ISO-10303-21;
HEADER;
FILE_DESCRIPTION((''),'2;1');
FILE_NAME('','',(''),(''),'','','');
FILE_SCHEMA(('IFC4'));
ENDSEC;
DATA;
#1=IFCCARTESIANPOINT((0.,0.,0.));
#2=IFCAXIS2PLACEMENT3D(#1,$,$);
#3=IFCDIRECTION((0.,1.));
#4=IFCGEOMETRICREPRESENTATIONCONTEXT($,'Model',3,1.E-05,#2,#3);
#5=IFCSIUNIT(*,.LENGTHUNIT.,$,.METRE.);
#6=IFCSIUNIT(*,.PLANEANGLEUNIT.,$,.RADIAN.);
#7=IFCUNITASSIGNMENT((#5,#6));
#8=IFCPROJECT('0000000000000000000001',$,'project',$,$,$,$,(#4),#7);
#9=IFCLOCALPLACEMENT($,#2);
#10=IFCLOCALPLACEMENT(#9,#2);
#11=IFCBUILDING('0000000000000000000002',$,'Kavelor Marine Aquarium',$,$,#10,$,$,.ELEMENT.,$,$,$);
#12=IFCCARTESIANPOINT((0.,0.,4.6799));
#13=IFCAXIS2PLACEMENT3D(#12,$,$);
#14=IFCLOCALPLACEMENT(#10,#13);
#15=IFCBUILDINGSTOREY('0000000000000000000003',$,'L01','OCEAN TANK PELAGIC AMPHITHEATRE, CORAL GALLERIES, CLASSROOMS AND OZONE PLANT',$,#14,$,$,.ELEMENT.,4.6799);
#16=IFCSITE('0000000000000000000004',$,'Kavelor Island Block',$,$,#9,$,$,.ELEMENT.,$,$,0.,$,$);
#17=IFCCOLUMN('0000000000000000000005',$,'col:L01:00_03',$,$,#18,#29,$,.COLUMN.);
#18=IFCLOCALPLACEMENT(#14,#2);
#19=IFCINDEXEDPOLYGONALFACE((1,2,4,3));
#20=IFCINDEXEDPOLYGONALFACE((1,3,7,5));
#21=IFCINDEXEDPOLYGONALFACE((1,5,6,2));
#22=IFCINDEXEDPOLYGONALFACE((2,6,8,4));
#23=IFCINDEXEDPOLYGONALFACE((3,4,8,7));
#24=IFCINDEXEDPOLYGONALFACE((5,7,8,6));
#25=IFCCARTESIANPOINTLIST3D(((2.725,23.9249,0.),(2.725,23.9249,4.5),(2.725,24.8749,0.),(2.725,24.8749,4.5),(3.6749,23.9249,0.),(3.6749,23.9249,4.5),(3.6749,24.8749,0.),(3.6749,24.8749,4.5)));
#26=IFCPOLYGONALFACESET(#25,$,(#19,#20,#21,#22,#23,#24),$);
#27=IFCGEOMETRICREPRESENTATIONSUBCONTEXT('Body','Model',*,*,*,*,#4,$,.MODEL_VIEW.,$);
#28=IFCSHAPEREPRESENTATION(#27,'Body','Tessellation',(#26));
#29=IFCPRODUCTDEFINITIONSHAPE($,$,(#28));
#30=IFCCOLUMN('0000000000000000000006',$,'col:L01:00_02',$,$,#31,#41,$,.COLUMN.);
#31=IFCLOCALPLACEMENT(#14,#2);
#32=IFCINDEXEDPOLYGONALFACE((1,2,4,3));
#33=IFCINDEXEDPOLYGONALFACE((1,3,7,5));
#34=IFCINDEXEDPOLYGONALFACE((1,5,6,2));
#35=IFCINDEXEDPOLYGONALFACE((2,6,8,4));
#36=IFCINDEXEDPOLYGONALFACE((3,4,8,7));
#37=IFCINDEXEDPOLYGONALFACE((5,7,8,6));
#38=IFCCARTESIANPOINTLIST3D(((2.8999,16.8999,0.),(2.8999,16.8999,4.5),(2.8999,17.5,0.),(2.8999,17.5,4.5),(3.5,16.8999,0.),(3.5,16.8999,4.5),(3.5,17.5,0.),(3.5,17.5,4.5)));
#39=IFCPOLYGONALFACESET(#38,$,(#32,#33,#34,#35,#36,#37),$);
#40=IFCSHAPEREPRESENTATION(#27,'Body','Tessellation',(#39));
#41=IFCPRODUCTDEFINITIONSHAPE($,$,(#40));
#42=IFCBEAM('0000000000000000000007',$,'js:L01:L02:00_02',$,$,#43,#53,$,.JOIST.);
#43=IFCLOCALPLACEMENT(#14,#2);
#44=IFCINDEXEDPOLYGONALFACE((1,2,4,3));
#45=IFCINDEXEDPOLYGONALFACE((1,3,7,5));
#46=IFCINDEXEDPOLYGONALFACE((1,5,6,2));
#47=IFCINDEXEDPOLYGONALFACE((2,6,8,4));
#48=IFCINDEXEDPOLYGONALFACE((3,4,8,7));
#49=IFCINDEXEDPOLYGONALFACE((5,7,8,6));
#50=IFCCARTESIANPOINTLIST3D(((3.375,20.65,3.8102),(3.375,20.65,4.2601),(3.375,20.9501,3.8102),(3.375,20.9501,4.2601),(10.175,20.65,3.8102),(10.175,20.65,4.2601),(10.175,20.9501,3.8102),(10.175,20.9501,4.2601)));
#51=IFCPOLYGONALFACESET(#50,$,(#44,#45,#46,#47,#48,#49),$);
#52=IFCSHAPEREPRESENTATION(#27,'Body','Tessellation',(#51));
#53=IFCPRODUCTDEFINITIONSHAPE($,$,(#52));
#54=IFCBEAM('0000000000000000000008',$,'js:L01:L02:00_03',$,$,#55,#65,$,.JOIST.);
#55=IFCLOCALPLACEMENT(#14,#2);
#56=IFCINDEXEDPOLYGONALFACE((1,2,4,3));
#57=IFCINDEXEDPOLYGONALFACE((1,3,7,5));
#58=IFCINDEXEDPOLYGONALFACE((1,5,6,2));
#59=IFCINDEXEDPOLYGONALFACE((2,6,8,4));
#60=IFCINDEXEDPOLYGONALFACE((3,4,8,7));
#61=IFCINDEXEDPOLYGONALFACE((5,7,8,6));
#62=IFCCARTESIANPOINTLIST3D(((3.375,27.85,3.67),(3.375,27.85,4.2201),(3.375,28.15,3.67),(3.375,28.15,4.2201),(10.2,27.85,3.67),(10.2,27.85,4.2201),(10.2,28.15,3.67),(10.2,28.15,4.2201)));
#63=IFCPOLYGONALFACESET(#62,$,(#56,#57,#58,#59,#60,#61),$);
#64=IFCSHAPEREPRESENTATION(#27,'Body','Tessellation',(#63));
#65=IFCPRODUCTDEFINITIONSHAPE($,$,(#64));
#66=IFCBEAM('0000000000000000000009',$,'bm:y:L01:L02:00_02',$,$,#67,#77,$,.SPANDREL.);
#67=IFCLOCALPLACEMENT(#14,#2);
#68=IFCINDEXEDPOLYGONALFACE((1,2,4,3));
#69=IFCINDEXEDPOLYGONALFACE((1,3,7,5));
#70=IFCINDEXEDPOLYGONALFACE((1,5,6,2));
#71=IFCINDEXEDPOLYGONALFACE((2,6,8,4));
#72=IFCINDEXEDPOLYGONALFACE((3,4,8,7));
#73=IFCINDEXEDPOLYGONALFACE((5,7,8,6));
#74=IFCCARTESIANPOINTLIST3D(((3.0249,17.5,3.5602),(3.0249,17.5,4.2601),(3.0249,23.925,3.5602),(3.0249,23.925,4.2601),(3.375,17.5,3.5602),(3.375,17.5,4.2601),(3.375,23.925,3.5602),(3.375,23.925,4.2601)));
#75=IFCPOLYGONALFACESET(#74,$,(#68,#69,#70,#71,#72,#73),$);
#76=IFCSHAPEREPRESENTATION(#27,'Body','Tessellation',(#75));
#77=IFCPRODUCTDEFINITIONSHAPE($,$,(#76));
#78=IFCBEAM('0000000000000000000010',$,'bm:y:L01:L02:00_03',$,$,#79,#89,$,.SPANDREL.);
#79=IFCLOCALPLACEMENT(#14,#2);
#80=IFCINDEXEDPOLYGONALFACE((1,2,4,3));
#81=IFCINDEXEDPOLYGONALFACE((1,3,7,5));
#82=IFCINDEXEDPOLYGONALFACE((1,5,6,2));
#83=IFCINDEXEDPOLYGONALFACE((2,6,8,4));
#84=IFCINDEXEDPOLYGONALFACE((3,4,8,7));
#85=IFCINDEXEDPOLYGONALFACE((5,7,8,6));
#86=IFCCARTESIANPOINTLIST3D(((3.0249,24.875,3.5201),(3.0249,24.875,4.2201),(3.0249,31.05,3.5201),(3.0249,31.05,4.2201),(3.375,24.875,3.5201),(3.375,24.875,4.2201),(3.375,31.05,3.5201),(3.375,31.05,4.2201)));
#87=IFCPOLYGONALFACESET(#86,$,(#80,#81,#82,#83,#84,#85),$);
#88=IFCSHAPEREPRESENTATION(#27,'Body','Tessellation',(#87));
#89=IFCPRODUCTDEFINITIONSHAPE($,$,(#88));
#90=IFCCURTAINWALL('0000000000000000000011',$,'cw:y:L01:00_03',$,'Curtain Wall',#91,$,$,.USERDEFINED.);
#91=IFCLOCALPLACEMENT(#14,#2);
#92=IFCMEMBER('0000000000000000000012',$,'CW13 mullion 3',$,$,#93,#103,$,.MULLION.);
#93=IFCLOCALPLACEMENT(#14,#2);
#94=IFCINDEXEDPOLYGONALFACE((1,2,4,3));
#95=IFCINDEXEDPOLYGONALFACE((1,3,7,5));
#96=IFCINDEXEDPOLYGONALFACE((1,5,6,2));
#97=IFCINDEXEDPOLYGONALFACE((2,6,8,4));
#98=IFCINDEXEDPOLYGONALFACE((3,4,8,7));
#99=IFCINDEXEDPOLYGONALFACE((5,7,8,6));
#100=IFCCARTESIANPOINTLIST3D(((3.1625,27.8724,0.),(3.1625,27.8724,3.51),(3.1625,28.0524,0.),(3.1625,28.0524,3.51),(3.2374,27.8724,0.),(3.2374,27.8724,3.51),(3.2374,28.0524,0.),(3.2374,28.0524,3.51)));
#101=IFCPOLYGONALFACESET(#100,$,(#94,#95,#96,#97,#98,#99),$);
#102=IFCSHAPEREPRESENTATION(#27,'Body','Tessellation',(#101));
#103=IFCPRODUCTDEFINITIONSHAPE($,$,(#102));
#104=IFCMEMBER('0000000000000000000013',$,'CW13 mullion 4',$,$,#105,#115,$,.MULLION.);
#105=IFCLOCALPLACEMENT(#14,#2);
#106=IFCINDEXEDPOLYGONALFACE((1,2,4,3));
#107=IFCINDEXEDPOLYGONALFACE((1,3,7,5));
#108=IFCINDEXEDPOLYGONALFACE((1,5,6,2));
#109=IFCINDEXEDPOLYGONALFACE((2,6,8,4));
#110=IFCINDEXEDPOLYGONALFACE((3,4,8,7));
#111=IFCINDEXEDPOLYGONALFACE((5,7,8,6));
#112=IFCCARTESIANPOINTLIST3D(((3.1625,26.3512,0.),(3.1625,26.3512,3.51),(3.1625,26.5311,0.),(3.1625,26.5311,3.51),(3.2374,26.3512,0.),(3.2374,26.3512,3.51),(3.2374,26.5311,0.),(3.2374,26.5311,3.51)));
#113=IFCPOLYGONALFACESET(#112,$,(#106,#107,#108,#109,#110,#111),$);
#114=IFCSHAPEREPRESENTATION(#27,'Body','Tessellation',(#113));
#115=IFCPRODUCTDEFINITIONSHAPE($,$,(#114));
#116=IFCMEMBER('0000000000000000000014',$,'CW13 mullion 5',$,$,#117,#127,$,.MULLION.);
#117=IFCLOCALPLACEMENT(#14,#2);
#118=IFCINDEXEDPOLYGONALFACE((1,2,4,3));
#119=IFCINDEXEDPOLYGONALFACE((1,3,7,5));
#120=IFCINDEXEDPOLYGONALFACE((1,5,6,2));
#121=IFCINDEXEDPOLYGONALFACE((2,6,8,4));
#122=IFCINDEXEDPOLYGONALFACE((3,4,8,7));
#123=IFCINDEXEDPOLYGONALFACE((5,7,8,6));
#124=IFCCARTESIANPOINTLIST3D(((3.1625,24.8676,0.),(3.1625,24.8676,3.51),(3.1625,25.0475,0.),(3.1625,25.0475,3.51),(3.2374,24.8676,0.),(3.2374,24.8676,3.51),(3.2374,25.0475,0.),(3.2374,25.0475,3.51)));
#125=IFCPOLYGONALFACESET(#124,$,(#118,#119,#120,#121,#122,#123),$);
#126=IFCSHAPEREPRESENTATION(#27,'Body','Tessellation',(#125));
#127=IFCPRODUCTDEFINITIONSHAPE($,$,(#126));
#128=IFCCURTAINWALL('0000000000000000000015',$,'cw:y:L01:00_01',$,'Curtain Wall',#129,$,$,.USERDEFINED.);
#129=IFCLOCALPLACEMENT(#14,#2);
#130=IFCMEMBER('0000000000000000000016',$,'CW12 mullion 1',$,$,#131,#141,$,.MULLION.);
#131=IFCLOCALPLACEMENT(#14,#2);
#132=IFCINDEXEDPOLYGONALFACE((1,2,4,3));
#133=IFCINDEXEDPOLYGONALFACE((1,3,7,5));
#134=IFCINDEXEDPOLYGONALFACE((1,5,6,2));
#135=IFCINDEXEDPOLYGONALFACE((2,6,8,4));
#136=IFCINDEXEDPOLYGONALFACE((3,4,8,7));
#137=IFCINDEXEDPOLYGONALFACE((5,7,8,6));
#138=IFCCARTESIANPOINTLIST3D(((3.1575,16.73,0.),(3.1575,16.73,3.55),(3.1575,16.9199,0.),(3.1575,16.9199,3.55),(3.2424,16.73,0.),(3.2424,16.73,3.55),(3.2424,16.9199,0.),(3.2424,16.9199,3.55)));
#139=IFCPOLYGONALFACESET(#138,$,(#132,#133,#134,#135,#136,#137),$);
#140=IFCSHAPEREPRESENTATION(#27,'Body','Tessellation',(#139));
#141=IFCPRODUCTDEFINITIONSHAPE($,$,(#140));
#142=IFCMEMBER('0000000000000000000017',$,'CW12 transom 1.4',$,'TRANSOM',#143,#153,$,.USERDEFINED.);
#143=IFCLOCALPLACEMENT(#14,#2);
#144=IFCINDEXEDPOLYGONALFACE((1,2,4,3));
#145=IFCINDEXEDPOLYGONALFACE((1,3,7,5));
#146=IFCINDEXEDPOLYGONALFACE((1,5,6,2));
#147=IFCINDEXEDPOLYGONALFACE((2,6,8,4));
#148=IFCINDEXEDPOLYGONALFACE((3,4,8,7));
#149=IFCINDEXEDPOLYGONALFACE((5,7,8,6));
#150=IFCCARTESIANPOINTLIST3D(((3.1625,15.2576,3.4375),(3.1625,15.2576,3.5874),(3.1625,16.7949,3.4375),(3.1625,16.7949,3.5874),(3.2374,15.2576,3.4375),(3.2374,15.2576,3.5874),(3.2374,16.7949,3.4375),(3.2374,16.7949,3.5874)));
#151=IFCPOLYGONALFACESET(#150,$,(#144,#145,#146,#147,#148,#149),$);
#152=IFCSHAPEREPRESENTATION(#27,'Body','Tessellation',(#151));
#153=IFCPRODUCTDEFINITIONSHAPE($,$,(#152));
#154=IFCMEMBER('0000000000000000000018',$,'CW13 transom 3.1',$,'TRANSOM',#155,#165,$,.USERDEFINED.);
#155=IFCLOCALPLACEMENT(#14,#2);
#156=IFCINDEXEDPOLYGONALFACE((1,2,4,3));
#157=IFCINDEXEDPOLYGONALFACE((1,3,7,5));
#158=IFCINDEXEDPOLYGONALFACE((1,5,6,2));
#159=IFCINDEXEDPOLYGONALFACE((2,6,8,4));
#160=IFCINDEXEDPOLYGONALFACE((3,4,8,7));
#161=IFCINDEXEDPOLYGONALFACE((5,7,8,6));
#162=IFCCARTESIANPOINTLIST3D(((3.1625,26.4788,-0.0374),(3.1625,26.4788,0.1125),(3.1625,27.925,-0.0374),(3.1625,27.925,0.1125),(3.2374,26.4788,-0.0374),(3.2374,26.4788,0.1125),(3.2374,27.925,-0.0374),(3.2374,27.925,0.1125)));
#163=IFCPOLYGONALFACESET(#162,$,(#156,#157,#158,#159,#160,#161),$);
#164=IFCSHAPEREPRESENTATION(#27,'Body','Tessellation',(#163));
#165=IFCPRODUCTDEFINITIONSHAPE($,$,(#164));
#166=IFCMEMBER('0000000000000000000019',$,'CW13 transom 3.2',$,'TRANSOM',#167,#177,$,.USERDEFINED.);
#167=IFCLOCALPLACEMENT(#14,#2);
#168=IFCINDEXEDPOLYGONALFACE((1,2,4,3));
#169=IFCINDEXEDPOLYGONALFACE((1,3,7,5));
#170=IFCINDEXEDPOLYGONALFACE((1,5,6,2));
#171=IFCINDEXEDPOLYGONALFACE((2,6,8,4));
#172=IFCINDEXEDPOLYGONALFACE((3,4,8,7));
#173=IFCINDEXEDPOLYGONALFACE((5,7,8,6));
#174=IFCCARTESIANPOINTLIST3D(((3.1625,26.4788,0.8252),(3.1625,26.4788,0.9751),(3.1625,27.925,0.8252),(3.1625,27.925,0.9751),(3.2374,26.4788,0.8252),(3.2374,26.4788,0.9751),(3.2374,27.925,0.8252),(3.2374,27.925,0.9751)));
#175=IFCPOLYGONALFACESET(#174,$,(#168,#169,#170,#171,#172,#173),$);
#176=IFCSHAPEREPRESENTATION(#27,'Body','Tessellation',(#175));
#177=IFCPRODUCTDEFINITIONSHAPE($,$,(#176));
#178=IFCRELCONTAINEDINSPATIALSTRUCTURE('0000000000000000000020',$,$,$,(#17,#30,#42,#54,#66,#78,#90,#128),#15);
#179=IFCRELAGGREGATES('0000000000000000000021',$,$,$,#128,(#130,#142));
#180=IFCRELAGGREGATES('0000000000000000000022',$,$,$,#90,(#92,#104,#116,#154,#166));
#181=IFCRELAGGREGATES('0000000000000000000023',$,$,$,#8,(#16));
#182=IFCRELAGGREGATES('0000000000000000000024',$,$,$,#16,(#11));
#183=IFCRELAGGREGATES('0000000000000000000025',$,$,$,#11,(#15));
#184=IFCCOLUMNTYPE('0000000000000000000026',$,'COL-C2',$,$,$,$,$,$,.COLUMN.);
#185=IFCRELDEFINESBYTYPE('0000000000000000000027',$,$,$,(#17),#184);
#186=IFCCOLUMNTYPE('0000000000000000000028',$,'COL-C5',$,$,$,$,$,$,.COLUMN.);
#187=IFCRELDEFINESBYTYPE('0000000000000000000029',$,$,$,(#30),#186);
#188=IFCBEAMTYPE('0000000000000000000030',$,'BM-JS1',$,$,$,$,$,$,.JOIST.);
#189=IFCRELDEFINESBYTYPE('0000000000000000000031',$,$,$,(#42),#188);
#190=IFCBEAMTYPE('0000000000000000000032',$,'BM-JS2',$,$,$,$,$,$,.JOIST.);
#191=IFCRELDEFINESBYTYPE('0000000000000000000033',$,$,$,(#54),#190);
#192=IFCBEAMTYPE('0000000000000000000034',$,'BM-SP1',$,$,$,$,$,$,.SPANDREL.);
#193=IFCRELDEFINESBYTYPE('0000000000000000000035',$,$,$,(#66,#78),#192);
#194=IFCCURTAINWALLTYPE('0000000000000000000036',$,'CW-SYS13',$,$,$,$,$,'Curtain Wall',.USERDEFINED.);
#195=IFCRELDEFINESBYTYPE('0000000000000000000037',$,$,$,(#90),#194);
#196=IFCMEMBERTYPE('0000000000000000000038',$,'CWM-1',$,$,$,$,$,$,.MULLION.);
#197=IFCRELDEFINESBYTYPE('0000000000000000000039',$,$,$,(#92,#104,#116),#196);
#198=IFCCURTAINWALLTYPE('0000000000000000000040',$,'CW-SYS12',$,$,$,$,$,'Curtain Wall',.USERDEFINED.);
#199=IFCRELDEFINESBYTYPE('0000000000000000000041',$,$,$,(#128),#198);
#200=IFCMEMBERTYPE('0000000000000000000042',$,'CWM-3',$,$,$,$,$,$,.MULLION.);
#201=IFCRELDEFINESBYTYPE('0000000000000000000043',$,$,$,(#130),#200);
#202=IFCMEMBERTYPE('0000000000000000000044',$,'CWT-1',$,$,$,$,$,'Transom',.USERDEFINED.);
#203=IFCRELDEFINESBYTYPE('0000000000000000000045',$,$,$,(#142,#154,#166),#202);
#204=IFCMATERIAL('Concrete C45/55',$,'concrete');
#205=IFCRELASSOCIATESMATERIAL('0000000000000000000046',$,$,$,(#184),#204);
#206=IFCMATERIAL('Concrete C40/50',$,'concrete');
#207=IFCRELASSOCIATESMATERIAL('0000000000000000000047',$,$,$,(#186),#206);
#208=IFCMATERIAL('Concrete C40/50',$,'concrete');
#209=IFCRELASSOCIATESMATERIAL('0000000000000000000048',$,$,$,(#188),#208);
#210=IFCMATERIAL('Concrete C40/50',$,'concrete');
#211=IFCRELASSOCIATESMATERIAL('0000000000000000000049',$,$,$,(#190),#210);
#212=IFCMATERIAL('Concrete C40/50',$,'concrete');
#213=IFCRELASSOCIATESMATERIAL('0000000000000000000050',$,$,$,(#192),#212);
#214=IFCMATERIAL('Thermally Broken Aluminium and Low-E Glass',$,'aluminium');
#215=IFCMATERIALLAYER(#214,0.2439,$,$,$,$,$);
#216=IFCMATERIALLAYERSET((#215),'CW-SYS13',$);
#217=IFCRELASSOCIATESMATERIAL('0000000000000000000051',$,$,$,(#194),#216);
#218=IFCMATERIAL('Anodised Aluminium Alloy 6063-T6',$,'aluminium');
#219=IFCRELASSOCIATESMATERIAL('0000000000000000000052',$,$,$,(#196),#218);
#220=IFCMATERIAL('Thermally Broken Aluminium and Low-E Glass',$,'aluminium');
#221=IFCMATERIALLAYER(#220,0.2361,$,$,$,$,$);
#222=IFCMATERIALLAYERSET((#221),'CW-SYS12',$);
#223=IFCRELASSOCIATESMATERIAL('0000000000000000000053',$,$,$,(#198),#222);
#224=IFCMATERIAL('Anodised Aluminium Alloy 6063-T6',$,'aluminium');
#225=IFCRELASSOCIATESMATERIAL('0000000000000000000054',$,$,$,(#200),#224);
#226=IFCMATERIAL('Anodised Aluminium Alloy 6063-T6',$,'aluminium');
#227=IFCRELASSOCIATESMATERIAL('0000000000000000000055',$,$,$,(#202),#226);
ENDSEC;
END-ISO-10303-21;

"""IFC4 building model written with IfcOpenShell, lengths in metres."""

from ifc_helpers import new_model, si_unit, direction, frame, origin, origin_2d, place, context, subcontext, project, spatial, rectangle, extrude, material, layer, layer_set, material_profile, profile_set, type_object, element, aggregate, save


model = new_model("IFC4")

# Units and contexts
model_context = context("Model", 3, precision=1e-05, world=origin(), true_north=direction((0.0, 1.0)))
body_context = subcontext(model_context, "Body", "Model", "MODEL_VIEW")
ifc_project = project(units=[si_unit("LENGTHUNIT", "METRE"), si_unit("PLANEANGLEUNIT", "RADIAN")], contexts=[model_context])

# Site, building, storey
site_placement = place(None, origin())
site = spatial("IfcSite", under=ifc_project, at=site_placement, Name="Kavelor Island Block", CompositionType="ELEMENT", RefElevation=0.0)
building_placement = place(site_placement, origin())
building = spatial("IfcBuilding", under=site, at=building_placement, Name="Kavelor Marine Aquarium", CompositionType="ELEMENT")
storey_placement = place(building_placement, frame((0.0, 0.0, 4.6799)))
storey = spatial("IfcBuildingStorey", under=building, at=storey_placement, Name="L01", Description="OCEAN TANK PELAGIC AMPHITHEATRE, CORAL GALLERIES, CLASSROOMS AND OZONE PLANT", CompositionType="ELEMENT", Elevation=4.6799)

# Columns
ifc_material_1 = material(Name="Concrete C45/55", Category="concrete")
ifc_material_profile_1 = material_profile(ifc_material_1, rectangle(XDim=0.95, YDim=0.95, at=origin_2d()), Name="RC-COL 950x950")
ifc_profile_set_1 = profile_set([ifc_material_profile_1], Name="Concrete C45/55")
column_type_1 = type_object("IfcColumnType", Name="COL-C2", PredefinedType="COLUMN", material=ifc_profile_set_1)
column_1_placement = place(storey_placement, frame((3.2, 24.3999, 0.0), z_axis=(0.0, 0.0, 1.0), x_axis=(1.0, 0.0, 0.0)))
element("IfcColumn", 1, at=column_1_placement, inside=storey, type_object=column_type_1, Name="col:L01:00_03", PredefinedType="COLUMN", context=body_context, shape_type="SweptSolid", body=[
    extrude(rectangle(XDim=0.95, YDim=0.95, at=origin_2d()), origin(), (0.0, 0.0, 1.0), 4.5),
])
ifc_material_2 = material(Name="Concrete C40/50", Category="concrete")
ifc_material_profile_2 = material_profile(ifc_material_2, rectangle(XDim=0.6001, YDim=0.6001, at=origin_2d()), Name="RC-COL 600x600")
ifc_profile_set_2 = profile_set([ifc_material_profile_2], Name="Concrete C40/50")
column_type_2 = type_object("IfcColumnType", Name="COL-C5", PredefinedType="COLUMN", material=ifc_profile_set_2)
column_2_placement = place(storey_placement, frame((3.2, 17.2, 0.0), z_axis=(0.0, 0.0, 1.0), x_axis=(1.0, 0.0, 0.0)))
element("IfcColumn", 2, at=column_2_placement, inside=storey, type_object=column_type_2, Name="col:L01:00_02", PredefinedType="COLUMN", context=body_context, shape_type="SweptSolid", body=[
    extrude(rectangle(XDim=0.6001, YDim=0.6001, at=origin_2d()), origin(), (0.0, 0.0, 1.0), 4.5),
])

# Beams
ifc_material_3 = material(Name="Concrete C40/50", Category="concrete")
ifc_material_profile_3 = material_profile(ifc_material_3, rectangle(XDim=0.3, YDim=0.45, at=origin_2d()), Name="RC-JS 300x450")
ifc_profile_set_3 = profile_set([ifc_material_profile_3], Name="Concrete C40/50")
beam_type_1 = type_object("IfcBeamType", Name="BM-JS1", PredefinedType="JOIST", material=ifc_profile_set_3)
beam_1_placement = place(storey_placement, frame((3.375, 20.8, 4.0352), z_axis=(1.0, 0.0, 0.0), x_axis=(0.0, 1.0, 0.0)))
element("IfcBeam", 3, at=beam_1_placement, inside=storey, type_object=beam_type_1, Name="js:L01:L02:00_02", PredefinedType="JOIST", context=body_context, shape_type="SweptSolid", body=[
    extrude(rectangle(XDim=0.3, YDim=0.45, at=origin_2d()), origin(), (0.0, 0.0, 1.0), 6.8),
])
ifc_material_4 = material(Name="Concrete C40/50", Category="concrete")
ifc_material_profile_4 = material_profile(ifc_material_4, rectangle(XDim=0.3, YDim=0.55, at=origin_2d()), Name="RC-JS 300x550")
ifc_profile_set_4 = profile_set([ifc_material_profile_4], Name="Concrete C40/50")
beam_type_2 = type_object("IfcBeamType", Name="BM-JS2", PredefinedType="JOIST", material=ifc_profile_set_4)
beam_2_placement = place(storey_placement, frame((3.375, 28.0, 3.9451), z_axis=(1.0, 0.0, 0.0), x_axis=(0.0, 1.0, 0.0)))
element("IfcBeam", 4, at=beam_2_placement, inside=storey, type_object=beam_type_2, Name="js:L01:L02:00_03", PredefinedType="JOIST", context=body_context, shape_type="SweptSolid", body=[
    extrude(rectangle(XDim=0.3, YDim=0.55, at=origin_2d()), origin(), (0.0, 0.0, 1.0), 6.825),
])
ifc_material_5 = material(Name="Concrete C40/50", Category="concrete")
ifc_material_profile_5 = material_profile(ifc_material_5, rectangle(XDim=0.3501, YDim=0.7, at=origin_2d()), Name="RC-SP 350x700")
ifc_profile_set_5 = profile_set([ifc_material_profile_5], Name="Concrete C40/50")
beam_type_3 = type_object("IfcBeamType", Name="BM-SP1", PredefinedType="SPANDREL", material=ifc_profile_set_5)
beam_3_placement = place(storey_placement, frame((3.2, 17.5, 3.9102), z_axis=(0.0, 1.0, 0.0), x_axis=(-1.0, 0.0, 0.0)))
element("IfcBeam", 5, at=beam_3_placement, inside=storey, type_object=beam_type_3, Name="bm:y:L01:L02:00_02", PredefinedType="SPANDREL", context=body_context, shape_type="SweptSolid", body=[
    extrude(rectangle(XDim=0.3501, YDim=0.7, at=origin_2d()), origin(), (0.0, 0.0, 1.0), 6.425),
])
beam_4_placement = place(storey_placement, frame((3.2, 24.875, 3.8701), z_axis=(0.0, 1.0, 0.0), x_axis=(-1.0, 0.0, 0.0)))
element("IfcBeam", 6, at=beam_4_placement, inside=storey, type_object=beam_type_3, Name="bm:y:L01:L02:00_03", PredefinedType="SPANDREL", context=body_context, shape_type="SweptSolid", body=[
    extrude(rectangle(XDim=0.3501, YDim=0.7, at=origin_2d()), origin(), (0.0, 0.0, 1.0), 6.175),
])

# Curtain walls, members
ifc_material_6 = material(Name="Thermally Broken Aluminium and Low-E Glass", Category="aluminium")
ifc_layer_1 = layer(ifc_material_6, 0.2439)
ifc_layer_set_1 = layer_set([ifc_layer_1], Name="CW-SYS13")
curtain_wall_type_1 = type_object("IfcCurtainWallType", Name="CW-SYS13", ElementType="Curtain Wall", PredefinedType="USERDEFINED", material=ifc_layer_set_1)
curtain_wall_1_placement = place(storey_placement, origin())
curtain_wall_1 = element("IfcCurtainWall", 7, at=curtain_wall_1_placement, inside=storey, type_object=curtain_wall_type_1, Name="cw:y:L01:00_03", ObjectType="Curtain Wall", PredefinedType="USERDEFINED")
ifc_material_7 = material(Name="Anodised Aluminium Alloy 6063-T6", Category="aluminium")
ifc_material_profile_6 = material_profile(ifc_material_7, rectangle(XDim=0.075, YDim=0.1799, at=origin_2d()), Name="CW-MUL 75x180")
ifc_profile_set_6 = profile_set([ifc_material_profile_6], Name="Anodised Aluminium Alloy 6063-T6")
member_type_1 = type_object("IfcMemberType", Name="CWM-1", PredefinedType="MULLION", material=ifc_profile_set_6)
member_1_placement = place(storey_placement, frame((3.2, 27.9624, 0.0), z_axis=(0.0, 0.0, 1.0), x_axis=(1.0, 0.0, 0.0)))
member_1 = element("IfcMember", 8, at=member_1_placement, type_object=member_type_1, Name="CW13 mullion 3", PredefinedType="MULLION", context=body_context, shape_type="SweptSolid", body=[
    extrude(rectangle(XDim=0.075, YDim=0.1799, at=origin_2d()), origin(), (0.0, 0.0, 1.0), 3.51),
])
member_2_placement = place(storey_placement, frame((3.2, 26.4412, 0.0), z_axis=(0.0, 0.0, 1.0), x_axis=(1.0, 0.0, 0.0)))
member_2 = element("IfcMember", 9, at=member_2_placement, type_object=member_type_1, Name="CW13 mullion 4", PredefinedType="MULLION", context=body_context, shape_type="SweptSolid", body=[
    extrude(rectangle(XDim=0.075, YDim=0.1799, at=origin_2d()), origin(), (0.0, 0.0, 1.0), 3.51),
])
member_3_placement = place(storey_placement, frame((3.2, 24.9575, 0.0), z_axis=(0.0, 0.0, 1.0), x_axis=(1.0, 0.0, 0.0)))
member_3 = element("IfcMember", 10, at=member_3_placement, type_object=member_type_1, Name="CW13 mullion 5", PredefinedType="MULLION", context=body_context, shape_type="SweptSolid", body=[
    extrude(rectangle(XDim=0.075, YDim=0.1799, at=origin_2d()), origin(), (0.0, 0.0, 1.0), 3.51),
])
ifc_material_8 = material(Name="Thermally Broken Aluminium and Low-E Glass", Category="aluminium")
ifc_layer_2 = layer(ifc_material_8, 0.2361)
ifc_layer_set_2 = layer_set([ifc_layer_2], Name="CW-SYS12")
curtain_wall_type_2 = type_object("IfcCurtainWallType", Name="CW-SYS12", ElementType="Curtain Wall", PredefinedType="USERDEFINED", material=ifc_layer_set_2)
curtain_wall_2_placement = place(storey_placement, origin())
curtain_wall_2 = element("IfcCurtainWall", 11, at=curtain_wall_2_placement, inside=storey, type_object=curtain_wall_type_2, Name="cw:y:L01:00_01", ObjectType="Curtain Wall", PredefinedType="USERDEFINED")
ifc_material_9 = material(Name="Anodised Aluminium Alloy 6063-T6", Category="aluminium")
ifc_material_profile_7 = material_profile(ifc_material_9, rectangle(XDim=0.085, YDim=0.1899, at=origin_2d()), Name="CW-MUL 85x190")
ifc_profile_set_7 = profile_set([ifc_material_profile_7], Name="Anodised Aluminium Alloy 6063-T6")
member_type_2 = type_object("IfcMemberType", Name="CWM-3", PredefinedType="MULLION", material=ifc_profile_set_7)
member_4_placement = place(storey_placement, frame((3.2, 16.825, 0.0), z_axis=(0.0, 0.0, 1.0), x_axis=(1.0, 0.0, 0.0)))
member_4 = element("IfcMember", 12, at=member_4_placement, type_object=member_type_2, Name="CW12 mullion 1", PredefinedType="MULLION", context=body_context, shape_type="SweptSolid", body=[
    extrude(rectangle(XDim=0.085, YDim=0.1899, at=origin_2d()), origin(), (0.0, 0.0, 1.0), 3.55),
])
ifc_material_10 = material(Name="Anodised Aluminium Alloy 6063-T6", Category="aluminium")
ifc_material_profile_8 = material_profile(ifc_material_10, rectangle(XDim=0.075, YDim=0.1499, at=origin_2d()), Name="CW-TRN 75x150")
ifc_profile_set_8 = profile_set([ifc_material_profile_8], Name="Anodised Aluminium Alloy 6063-T6")
member_type_3 = type_object("IfcMemberType", Name="CWT-1", ElementType="Transom", PredefinedType="USERDEFINED", material=ifc_profile_set_8)
member_5_placement = place(storey_placement, frame((3.2, 16.7949, 3.5125), z_axis=(0.0, -1.0, 0.0), x_axis=(1.0, 0.0, 0.0)))
member_5 = element("IfcMember", 13, at=member_5_placement, type_object=member_type_3, Name="CW12 transom 1.4", ObjectType="TRANSOM", PredefinedType="USERDEFINED", context=body_context, shape_type="SweptSolid", body=[
    extrude(rectangle(XDim=0.075, YDim=0.1499, at=origin_2d()), origin(), (0.0, 0.0, 1.0), 1.5374),
])
aggregate(curtain_wall_2, [member_4, member_5])

# Members
member_6_placement = place(storey_placement, frame((3.2, 27.925, 0.0376), z_axis=(0.0, -1.0, 0.0), x_axis=(1.0, 0.0, 0.0)))
member_6 = element("IfcMember", 14, at=member_6_placement, type_object=member_type_3, Name="CW13 transom 3.1", ObjectType="TRANSOM", PredefinedType="USERDEFINED", context=body_context, shape_type="SweptSolid", body=[
    extrude(rectangle(XDim=0.075, YDim=0.1499, at=origin_2d()), origin(), (0.0, 0.0, 1.0), 1.4463),
])
member_7_placement = place(storey_placement, frame((3.2, 27.925, 0.9001), z_axis=(0.0, -1.0, 0.0), x_axis=(1.0, 0.0, 0.0)))
member_7 = element("IfcMember", 15, at=member_7_placement, type_object=member_type_3, Name="CW13 transom 3.2", ObjectType="TRANSOM", PredefinedType="USERDEFINED", context=body_context, shape_type="SweptSolid", body=[
    extrude(rectangle(XDim=0.075, YDim=0.1499, at=origin_2d()), origin(), (0.0, 0.0, 1.0), 1.4463),
])

aggregate(curtain_wall_1, [member_1, member_2, member_3, member_6, member_7])

save(model, "model.ifc")
